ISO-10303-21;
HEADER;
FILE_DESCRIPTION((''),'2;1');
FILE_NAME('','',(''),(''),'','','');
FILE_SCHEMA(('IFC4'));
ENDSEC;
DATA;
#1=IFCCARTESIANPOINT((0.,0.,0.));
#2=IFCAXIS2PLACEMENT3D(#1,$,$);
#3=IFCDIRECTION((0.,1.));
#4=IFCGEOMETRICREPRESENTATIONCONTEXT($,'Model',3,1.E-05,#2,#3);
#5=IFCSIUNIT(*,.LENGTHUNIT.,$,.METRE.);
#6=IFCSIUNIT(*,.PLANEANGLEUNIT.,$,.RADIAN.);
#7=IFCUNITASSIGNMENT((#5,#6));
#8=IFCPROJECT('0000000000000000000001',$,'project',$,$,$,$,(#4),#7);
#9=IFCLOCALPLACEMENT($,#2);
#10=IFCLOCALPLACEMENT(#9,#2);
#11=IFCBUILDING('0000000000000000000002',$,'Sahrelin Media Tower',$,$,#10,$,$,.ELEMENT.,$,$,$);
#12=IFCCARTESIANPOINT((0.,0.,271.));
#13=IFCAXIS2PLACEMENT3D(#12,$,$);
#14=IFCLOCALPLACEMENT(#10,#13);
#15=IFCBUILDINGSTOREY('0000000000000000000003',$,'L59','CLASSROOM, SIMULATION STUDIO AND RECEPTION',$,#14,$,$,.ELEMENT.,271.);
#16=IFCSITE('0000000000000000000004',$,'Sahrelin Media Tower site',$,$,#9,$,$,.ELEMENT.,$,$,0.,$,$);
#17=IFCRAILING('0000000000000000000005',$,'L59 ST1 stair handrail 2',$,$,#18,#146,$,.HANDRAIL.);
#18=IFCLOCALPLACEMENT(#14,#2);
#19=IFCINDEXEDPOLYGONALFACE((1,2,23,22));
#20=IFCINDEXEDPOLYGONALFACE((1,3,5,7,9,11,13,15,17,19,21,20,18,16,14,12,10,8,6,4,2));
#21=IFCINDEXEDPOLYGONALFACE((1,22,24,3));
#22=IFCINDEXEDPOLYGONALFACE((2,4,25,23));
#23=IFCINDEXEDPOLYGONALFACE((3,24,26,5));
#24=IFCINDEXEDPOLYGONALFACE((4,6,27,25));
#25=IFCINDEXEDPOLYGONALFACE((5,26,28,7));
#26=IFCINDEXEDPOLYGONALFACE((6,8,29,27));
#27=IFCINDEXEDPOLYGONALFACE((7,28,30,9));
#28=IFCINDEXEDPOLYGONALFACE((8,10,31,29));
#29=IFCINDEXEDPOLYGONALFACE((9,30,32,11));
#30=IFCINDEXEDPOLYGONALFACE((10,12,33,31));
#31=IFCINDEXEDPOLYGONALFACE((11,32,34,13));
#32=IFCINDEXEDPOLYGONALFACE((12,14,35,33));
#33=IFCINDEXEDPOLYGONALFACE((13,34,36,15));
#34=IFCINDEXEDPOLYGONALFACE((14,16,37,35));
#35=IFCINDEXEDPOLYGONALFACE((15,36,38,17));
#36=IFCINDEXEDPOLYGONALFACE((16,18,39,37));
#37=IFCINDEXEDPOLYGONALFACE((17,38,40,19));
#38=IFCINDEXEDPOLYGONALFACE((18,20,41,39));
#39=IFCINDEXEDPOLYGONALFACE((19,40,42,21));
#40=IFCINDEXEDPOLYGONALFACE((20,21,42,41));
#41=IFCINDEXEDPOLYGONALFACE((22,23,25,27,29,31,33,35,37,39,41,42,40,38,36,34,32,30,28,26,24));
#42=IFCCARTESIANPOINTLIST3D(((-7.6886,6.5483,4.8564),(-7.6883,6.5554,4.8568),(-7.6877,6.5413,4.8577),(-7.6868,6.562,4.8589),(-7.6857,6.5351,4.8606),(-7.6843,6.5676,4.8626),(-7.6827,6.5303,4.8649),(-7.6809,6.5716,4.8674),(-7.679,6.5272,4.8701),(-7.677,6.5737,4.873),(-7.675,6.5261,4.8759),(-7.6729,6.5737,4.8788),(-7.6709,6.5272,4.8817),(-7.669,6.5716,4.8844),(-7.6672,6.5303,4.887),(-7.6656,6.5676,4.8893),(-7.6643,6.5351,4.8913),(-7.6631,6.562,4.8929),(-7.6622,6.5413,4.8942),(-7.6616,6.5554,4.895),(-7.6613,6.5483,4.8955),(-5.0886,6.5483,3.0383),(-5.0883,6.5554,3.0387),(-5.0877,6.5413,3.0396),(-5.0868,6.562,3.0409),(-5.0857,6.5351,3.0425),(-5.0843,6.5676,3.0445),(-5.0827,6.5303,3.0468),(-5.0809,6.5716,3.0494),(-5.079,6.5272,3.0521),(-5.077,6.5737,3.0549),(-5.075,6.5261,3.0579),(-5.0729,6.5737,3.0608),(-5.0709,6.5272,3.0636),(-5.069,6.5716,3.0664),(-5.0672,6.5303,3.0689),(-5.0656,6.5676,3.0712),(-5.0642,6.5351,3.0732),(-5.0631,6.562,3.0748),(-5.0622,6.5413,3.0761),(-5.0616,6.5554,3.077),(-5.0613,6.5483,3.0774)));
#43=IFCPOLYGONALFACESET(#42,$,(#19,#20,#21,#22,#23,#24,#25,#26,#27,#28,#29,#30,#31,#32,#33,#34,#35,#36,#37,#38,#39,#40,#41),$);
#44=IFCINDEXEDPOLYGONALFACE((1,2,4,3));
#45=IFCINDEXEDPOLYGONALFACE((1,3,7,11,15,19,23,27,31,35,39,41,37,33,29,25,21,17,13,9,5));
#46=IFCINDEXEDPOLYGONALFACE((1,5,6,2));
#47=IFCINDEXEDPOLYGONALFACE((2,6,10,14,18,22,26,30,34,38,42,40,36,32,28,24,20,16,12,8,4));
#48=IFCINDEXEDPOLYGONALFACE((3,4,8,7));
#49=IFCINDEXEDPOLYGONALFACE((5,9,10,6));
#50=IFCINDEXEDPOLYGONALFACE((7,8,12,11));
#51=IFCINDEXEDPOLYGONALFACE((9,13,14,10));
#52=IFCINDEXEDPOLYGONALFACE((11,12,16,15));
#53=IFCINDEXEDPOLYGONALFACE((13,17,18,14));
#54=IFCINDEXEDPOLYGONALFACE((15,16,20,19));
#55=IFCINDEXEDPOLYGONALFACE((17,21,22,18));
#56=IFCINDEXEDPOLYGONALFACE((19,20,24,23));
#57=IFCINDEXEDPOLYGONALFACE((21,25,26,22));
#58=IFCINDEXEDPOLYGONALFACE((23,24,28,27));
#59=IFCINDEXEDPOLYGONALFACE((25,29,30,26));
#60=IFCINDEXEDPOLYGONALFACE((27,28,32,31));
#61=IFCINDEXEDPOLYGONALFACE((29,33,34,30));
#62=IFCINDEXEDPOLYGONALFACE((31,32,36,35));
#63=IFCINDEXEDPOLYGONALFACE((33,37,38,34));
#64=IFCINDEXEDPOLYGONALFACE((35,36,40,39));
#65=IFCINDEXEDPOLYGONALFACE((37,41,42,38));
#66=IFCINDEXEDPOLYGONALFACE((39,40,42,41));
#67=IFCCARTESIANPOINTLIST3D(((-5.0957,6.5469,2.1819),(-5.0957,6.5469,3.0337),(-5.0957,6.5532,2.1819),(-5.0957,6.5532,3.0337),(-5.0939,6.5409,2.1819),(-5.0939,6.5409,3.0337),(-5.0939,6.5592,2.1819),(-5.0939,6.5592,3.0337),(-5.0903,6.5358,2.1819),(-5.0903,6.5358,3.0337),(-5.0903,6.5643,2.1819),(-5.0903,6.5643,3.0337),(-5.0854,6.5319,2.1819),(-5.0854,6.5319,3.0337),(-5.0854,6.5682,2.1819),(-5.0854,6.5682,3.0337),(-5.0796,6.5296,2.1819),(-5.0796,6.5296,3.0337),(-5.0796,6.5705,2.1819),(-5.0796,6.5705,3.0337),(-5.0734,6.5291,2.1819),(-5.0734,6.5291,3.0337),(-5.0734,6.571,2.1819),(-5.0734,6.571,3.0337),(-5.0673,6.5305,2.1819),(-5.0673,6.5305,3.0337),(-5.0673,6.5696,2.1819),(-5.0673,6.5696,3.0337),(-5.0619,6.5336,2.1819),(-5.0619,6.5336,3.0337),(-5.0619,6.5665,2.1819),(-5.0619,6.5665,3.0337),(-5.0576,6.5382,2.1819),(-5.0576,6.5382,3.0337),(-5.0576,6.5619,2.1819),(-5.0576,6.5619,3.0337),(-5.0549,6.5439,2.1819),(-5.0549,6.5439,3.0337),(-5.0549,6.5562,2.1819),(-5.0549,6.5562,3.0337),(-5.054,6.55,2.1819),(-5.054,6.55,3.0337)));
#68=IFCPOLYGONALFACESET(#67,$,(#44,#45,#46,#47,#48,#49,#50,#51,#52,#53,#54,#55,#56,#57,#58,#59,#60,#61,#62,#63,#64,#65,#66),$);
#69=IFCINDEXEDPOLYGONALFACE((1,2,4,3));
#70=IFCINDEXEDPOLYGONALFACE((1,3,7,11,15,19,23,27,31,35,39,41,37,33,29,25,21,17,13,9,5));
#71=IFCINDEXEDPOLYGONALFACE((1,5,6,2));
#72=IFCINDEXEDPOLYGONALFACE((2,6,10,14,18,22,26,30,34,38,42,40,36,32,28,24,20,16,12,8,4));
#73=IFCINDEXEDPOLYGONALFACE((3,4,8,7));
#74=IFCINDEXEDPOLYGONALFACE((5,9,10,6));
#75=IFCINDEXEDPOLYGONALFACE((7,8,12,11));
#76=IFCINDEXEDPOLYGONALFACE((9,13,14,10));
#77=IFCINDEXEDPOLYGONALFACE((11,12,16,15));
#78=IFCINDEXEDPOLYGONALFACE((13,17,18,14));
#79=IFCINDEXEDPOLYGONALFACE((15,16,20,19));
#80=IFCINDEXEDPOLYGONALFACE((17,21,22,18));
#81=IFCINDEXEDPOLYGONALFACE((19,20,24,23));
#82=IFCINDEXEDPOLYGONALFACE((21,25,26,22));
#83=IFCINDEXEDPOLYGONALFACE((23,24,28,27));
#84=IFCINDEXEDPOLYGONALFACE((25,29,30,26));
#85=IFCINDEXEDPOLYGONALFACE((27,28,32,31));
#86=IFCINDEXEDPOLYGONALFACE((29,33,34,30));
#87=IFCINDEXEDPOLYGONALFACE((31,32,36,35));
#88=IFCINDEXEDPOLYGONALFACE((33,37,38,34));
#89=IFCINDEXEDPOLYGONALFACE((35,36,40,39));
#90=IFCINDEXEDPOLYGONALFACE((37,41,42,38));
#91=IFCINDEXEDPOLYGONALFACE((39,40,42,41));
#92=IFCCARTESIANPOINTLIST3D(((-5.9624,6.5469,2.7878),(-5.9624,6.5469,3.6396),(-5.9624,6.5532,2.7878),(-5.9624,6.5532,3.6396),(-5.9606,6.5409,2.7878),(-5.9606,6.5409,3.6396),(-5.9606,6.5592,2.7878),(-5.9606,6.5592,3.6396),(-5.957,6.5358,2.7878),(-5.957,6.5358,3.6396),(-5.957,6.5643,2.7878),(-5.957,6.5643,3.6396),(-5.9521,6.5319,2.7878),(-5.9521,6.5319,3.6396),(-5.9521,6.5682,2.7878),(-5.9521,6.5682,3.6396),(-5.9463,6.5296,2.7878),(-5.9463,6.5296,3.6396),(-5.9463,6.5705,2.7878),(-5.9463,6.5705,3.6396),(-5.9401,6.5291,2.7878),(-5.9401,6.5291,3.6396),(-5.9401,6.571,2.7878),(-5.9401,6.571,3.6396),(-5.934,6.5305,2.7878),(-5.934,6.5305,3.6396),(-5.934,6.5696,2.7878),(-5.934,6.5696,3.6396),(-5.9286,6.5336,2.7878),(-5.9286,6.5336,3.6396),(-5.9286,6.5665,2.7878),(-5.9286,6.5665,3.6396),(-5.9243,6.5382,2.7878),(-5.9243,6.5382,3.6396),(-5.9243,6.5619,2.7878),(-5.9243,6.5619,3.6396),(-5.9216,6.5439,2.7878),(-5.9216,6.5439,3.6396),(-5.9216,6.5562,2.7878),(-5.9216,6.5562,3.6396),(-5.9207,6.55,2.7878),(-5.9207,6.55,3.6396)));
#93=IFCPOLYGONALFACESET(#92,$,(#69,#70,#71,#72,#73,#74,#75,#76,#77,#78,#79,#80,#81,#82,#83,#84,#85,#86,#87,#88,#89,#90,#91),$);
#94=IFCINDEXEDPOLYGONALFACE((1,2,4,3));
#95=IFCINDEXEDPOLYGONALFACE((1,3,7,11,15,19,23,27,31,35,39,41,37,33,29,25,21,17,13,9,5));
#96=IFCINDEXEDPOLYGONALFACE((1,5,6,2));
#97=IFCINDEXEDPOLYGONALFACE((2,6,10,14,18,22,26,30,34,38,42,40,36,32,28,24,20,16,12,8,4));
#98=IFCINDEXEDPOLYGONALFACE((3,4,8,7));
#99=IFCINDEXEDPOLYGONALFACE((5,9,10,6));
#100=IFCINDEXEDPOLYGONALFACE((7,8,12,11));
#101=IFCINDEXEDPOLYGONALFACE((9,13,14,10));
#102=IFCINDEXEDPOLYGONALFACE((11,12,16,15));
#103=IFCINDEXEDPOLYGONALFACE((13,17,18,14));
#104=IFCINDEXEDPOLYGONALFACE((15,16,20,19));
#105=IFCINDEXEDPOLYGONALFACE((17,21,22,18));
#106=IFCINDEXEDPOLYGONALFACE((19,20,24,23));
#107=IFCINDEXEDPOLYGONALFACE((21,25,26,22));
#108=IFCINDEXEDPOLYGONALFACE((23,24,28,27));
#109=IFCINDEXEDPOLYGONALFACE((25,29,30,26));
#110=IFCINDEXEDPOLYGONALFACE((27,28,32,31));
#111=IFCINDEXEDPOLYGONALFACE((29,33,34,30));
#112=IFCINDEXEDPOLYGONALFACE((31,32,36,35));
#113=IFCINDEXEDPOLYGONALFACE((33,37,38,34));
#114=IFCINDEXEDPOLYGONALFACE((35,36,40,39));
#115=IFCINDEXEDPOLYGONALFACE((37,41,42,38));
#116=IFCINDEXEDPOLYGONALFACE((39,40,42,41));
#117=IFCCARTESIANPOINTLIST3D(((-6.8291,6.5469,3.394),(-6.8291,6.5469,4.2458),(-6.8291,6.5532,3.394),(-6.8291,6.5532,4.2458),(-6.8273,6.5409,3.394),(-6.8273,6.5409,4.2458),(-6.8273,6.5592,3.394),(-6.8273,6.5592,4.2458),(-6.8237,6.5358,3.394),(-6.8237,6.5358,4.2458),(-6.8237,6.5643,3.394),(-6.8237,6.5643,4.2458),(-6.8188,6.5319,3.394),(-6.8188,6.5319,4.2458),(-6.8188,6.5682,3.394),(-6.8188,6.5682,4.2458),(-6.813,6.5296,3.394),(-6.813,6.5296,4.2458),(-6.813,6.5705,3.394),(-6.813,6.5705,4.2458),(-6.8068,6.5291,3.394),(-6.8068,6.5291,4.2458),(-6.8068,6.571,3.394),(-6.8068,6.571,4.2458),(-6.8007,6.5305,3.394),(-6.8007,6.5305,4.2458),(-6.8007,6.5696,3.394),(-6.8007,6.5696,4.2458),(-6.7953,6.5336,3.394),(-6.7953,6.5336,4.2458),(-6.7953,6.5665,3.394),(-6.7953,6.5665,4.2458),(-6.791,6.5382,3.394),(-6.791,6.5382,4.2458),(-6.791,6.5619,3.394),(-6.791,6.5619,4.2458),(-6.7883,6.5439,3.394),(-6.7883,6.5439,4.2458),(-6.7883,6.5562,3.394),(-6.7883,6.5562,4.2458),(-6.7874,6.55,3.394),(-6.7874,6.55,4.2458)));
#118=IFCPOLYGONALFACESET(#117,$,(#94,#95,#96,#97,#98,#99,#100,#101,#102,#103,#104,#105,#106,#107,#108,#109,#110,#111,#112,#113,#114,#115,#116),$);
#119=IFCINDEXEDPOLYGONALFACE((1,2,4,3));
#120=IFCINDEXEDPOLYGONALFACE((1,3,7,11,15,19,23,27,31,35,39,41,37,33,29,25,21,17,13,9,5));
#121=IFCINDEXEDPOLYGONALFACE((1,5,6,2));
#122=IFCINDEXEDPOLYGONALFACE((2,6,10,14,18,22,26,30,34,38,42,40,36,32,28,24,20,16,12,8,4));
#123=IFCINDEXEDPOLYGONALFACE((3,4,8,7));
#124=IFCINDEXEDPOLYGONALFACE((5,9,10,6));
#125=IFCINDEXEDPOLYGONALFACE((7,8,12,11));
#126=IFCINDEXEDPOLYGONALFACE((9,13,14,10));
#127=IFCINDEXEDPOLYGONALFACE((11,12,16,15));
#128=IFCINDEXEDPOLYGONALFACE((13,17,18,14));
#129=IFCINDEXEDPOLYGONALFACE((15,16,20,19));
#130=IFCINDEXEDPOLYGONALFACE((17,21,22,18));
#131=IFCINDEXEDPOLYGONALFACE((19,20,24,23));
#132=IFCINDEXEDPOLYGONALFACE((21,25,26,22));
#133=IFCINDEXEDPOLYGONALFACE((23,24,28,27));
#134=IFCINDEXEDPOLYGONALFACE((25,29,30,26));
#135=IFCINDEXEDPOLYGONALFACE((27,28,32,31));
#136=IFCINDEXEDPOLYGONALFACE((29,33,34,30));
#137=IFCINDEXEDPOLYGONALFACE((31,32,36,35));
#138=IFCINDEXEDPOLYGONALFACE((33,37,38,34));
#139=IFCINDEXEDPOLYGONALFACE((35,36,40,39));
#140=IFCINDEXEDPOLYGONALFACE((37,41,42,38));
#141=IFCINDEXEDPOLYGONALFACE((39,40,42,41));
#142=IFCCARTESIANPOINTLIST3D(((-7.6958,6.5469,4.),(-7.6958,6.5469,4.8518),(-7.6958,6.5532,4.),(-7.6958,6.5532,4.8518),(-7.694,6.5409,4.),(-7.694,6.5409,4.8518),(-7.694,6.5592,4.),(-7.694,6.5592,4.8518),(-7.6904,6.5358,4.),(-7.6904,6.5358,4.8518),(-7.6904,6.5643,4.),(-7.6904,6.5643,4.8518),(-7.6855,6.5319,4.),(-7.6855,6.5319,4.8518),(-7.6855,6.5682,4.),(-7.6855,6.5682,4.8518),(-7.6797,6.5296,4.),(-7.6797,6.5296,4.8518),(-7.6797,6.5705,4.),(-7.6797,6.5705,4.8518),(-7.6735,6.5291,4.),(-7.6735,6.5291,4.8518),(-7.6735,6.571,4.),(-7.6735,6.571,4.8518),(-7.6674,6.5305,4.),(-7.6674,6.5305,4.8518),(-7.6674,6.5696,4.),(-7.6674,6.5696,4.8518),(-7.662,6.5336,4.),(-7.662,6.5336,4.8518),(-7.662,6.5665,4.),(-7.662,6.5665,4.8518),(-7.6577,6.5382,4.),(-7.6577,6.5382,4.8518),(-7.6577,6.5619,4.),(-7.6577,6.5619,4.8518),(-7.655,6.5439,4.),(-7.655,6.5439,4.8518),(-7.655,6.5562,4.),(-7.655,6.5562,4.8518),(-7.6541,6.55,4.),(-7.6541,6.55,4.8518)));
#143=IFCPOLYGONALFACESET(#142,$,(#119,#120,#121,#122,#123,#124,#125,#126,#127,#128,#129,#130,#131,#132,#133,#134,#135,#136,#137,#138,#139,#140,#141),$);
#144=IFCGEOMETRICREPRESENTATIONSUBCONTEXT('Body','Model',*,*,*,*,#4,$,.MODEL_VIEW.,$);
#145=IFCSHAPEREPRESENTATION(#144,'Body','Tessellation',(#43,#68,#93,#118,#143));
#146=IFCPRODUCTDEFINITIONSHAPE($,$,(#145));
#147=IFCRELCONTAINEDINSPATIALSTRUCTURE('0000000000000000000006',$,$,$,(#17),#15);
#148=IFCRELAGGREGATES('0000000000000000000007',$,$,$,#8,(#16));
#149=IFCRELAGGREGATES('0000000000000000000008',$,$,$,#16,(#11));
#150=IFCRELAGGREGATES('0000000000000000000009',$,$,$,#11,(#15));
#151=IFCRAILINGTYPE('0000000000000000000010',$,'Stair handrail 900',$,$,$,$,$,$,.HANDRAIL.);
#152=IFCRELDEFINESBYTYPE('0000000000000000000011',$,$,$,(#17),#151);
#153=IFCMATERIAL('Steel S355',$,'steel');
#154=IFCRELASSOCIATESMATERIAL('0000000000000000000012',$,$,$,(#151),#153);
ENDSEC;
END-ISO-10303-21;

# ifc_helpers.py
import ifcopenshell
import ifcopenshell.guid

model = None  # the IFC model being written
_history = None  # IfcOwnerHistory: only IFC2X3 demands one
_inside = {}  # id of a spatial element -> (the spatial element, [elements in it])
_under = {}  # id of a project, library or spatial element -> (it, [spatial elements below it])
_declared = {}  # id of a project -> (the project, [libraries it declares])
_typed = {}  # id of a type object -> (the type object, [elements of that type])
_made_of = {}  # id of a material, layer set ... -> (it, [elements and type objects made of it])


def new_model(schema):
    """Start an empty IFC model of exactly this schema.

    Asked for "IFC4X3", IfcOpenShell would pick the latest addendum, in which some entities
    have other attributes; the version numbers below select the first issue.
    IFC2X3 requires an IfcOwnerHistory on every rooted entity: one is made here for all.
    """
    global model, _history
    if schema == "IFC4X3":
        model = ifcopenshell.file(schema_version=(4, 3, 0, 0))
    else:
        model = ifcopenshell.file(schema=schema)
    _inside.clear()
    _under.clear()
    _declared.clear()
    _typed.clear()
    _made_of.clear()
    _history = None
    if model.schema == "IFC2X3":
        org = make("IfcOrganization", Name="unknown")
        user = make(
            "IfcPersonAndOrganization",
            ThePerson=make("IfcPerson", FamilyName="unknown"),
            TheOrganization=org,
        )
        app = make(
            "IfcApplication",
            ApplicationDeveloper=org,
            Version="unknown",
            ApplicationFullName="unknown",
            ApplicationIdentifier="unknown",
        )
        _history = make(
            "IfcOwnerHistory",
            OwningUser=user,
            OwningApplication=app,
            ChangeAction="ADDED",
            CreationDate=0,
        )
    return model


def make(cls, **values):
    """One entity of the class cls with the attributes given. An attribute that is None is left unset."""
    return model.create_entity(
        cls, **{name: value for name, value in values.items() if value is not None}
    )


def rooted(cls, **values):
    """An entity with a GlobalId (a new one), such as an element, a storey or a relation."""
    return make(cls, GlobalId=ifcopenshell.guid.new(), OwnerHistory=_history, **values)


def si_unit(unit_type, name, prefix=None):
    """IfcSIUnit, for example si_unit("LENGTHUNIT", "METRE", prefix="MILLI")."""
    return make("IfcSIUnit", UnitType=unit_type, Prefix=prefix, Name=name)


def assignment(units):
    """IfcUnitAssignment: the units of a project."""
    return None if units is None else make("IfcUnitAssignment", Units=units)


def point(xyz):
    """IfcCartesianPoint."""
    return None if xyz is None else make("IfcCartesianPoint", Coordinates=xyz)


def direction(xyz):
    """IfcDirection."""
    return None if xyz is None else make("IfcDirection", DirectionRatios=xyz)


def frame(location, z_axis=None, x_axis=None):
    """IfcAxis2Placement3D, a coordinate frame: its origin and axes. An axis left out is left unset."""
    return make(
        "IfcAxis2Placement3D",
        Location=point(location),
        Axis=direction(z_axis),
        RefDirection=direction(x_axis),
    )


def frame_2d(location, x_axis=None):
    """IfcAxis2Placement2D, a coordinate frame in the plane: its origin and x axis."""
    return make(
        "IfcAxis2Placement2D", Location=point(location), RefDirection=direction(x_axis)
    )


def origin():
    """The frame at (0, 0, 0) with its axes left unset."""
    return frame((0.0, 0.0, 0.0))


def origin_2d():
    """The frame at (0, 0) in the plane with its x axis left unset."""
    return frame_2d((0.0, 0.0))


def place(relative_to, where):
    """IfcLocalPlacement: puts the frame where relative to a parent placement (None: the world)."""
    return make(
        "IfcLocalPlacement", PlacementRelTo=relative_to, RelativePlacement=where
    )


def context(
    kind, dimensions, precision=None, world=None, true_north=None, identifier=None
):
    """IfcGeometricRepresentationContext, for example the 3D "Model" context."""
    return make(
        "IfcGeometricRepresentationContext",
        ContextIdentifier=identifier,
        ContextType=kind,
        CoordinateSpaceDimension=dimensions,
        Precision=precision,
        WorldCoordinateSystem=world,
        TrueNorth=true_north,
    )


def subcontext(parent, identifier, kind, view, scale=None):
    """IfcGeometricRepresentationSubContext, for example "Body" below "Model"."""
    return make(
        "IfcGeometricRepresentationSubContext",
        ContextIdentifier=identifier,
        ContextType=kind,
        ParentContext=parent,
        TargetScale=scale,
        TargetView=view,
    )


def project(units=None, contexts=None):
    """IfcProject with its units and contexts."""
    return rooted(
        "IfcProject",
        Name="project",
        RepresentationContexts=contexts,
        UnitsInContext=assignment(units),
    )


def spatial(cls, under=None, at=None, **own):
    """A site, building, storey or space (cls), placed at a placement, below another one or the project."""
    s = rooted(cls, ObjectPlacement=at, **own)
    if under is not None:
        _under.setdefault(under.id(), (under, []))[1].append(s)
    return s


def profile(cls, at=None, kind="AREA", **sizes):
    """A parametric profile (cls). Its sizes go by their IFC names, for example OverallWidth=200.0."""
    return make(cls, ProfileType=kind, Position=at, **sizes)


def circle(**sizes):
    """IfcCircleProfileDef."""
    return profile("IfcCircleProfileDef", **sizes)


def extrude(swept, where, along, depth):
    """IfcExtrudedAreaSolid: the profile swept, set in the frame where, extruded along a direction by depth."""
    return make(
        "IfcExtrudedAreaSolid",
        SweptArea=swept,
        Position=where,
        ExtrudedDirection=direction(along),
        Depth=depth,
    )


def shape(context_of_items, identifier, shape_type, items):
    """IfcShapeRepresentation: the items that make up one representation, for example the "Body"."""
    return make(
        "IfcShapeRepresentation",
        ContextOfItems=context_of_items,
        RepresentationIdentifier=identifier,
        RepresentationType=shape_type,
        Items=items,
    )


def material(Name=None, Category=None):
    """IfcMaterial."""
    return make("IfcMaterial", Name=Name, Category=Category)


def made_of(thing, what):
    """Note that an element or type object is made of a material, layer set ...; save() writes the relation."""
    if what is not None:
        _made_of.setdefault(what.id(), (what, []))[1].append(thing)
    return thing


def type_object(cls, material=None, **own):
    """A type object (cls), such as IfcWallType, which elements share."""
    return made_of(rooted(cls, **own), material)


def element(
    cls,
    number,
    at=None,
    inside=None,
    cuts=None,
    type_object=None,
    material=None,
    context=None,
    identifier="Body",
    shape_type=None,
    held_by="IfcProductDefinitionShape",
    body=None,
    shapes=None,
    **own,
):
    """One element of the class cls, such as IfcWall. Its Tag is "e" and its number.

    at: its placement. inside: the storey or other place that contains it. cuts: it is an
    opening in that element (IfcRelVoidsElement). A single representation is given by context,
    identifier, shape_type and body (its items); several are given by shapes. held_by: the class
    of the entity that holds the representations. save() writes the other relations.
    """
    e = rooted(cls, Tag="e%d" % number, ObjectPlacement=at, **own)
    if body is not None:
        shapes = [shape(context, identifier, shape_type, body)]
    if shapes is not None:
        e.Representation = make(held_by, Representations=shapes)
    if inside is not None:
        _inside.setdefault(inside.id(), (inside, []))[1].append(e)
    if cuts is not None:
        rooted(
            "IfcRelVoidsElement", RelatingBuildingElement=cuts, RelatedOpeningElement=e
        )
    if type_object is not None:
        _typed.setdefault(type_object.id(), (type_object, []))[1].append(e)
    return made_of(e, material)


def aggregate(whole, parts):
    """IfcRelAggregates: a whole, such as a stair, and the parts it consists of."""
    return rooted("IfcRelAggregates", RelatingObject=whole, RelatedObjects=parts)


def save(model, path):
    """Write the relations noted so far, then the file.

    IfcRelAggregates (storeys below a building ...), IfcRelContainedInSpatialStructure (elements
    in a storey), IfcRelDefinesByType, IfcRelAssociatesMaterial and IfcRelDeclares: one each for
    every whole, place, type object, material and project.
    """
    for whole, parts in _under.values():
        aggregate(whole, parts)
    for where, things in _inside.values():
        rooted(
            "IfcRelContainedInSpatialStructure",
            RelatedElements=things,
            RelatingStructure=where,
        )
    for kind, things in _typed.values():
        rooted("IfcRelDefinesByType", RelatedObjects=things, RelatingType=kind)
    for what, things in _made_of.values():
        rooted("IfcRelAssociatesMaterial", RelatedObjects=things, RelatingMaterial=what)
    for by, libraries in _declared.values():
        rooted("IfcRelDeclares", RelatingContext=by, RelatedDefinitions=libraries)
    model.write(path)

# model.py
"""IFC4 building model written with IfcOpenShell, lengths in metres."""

from ifc_helpers import new_model, si_unit, direction, frame, origin, origin_2d, place, context, subcontext, project, spatial, circle, extrude, material, type_object, element, save


model = new_model("IFC4")

# Units and contexts
model_context = context("Model", 3, precision=1e-05, world=origin(), true_north=direction((0.0, 1.0)))
body_context = subcontext(model_context, "Body", "Model", "MODEL_VIEW")
ifc_project = project(units=[si_unit("LENGTHUNIT", "METRE"), si_unit("PLANEANGLEUNIT", "RADIAN")], contexts=[model_context])

# Site, building, storey
site_placement = place(None, origin())
site = spatial("IfcSite", under=ifc_project, at=site_placement, Name="Sahrelin Media Tower site", CompositionType="ELEMENT", RefElevation=0.0)
building_placement = place(site_placement, origin())
building = spatial("IfcBuilding", under=site, at=building_placement, Name="Sahrelin Media Tower", CompositionType="ELEMENT")
storey_placement = place(building_placement, frame((0.0, 0.0, 271.0)))
storey = spatial("IfcBuildingStorey", under=building, at=storey_placement, Name="L59", Description="CLASSROOM, SIMULATION STUDIO AND RECEPTION", CompositionType="ELEMENT", Elevation=271.0)

# Shared definitions
ifc_material_1 = material(Name="Steel S355", Category="steel")

# Railing
railing_type_1 = type_object("IfcRailingType", Name="Stair handrail 900", PredefinedType="HANDRAIL", material=ifc_material_1)
railing_1_placement = place(storey_placement, frame((-5.075, 6.55, 2.1819)))
element("IfcRailing", 1, at=railing_1_placement, inside=storey, type_object=railing_type_1, Name="L59 ST1 stair handrail 2", PredefinedType="HANDRAIL", context=body_context, shape_type="SweptSolid", body=[
    extrude(circle(Radius=0.0239, at=origin_2d()), frame((0.0, 0.0, 0.876), z_axis=(-0.819521, 0.0, 0.573049), x_axis=(0.0, -1.0, 0.0)), (0.0, 0.0, 1.0), 3.1726),
    extrude(circle(Radius=0.021, at=origin_2d()), origin(), (0.0, 0.0, 1.0), 0.8518),
    extrude(circle(Radius=0.021, at=origin_2d()), frame((-0.8667, 0.0, 0.606)), (0.0, 0.0, 1.0), 0.8518),
    extrude(circle(Radius=0.021, at=origin_2d()), frame((-1.7334, 0.0, 1.2122)), (0.0, 0.0, 1.0), 0.8518),
    extrude(circle(Radius=0.021, at=origin_2d()), frame((-2.6001, 0.0, 1.8181)), (0.0, 0.0, 1.0), 0.8518),
])

save(model, "model.ifc")
